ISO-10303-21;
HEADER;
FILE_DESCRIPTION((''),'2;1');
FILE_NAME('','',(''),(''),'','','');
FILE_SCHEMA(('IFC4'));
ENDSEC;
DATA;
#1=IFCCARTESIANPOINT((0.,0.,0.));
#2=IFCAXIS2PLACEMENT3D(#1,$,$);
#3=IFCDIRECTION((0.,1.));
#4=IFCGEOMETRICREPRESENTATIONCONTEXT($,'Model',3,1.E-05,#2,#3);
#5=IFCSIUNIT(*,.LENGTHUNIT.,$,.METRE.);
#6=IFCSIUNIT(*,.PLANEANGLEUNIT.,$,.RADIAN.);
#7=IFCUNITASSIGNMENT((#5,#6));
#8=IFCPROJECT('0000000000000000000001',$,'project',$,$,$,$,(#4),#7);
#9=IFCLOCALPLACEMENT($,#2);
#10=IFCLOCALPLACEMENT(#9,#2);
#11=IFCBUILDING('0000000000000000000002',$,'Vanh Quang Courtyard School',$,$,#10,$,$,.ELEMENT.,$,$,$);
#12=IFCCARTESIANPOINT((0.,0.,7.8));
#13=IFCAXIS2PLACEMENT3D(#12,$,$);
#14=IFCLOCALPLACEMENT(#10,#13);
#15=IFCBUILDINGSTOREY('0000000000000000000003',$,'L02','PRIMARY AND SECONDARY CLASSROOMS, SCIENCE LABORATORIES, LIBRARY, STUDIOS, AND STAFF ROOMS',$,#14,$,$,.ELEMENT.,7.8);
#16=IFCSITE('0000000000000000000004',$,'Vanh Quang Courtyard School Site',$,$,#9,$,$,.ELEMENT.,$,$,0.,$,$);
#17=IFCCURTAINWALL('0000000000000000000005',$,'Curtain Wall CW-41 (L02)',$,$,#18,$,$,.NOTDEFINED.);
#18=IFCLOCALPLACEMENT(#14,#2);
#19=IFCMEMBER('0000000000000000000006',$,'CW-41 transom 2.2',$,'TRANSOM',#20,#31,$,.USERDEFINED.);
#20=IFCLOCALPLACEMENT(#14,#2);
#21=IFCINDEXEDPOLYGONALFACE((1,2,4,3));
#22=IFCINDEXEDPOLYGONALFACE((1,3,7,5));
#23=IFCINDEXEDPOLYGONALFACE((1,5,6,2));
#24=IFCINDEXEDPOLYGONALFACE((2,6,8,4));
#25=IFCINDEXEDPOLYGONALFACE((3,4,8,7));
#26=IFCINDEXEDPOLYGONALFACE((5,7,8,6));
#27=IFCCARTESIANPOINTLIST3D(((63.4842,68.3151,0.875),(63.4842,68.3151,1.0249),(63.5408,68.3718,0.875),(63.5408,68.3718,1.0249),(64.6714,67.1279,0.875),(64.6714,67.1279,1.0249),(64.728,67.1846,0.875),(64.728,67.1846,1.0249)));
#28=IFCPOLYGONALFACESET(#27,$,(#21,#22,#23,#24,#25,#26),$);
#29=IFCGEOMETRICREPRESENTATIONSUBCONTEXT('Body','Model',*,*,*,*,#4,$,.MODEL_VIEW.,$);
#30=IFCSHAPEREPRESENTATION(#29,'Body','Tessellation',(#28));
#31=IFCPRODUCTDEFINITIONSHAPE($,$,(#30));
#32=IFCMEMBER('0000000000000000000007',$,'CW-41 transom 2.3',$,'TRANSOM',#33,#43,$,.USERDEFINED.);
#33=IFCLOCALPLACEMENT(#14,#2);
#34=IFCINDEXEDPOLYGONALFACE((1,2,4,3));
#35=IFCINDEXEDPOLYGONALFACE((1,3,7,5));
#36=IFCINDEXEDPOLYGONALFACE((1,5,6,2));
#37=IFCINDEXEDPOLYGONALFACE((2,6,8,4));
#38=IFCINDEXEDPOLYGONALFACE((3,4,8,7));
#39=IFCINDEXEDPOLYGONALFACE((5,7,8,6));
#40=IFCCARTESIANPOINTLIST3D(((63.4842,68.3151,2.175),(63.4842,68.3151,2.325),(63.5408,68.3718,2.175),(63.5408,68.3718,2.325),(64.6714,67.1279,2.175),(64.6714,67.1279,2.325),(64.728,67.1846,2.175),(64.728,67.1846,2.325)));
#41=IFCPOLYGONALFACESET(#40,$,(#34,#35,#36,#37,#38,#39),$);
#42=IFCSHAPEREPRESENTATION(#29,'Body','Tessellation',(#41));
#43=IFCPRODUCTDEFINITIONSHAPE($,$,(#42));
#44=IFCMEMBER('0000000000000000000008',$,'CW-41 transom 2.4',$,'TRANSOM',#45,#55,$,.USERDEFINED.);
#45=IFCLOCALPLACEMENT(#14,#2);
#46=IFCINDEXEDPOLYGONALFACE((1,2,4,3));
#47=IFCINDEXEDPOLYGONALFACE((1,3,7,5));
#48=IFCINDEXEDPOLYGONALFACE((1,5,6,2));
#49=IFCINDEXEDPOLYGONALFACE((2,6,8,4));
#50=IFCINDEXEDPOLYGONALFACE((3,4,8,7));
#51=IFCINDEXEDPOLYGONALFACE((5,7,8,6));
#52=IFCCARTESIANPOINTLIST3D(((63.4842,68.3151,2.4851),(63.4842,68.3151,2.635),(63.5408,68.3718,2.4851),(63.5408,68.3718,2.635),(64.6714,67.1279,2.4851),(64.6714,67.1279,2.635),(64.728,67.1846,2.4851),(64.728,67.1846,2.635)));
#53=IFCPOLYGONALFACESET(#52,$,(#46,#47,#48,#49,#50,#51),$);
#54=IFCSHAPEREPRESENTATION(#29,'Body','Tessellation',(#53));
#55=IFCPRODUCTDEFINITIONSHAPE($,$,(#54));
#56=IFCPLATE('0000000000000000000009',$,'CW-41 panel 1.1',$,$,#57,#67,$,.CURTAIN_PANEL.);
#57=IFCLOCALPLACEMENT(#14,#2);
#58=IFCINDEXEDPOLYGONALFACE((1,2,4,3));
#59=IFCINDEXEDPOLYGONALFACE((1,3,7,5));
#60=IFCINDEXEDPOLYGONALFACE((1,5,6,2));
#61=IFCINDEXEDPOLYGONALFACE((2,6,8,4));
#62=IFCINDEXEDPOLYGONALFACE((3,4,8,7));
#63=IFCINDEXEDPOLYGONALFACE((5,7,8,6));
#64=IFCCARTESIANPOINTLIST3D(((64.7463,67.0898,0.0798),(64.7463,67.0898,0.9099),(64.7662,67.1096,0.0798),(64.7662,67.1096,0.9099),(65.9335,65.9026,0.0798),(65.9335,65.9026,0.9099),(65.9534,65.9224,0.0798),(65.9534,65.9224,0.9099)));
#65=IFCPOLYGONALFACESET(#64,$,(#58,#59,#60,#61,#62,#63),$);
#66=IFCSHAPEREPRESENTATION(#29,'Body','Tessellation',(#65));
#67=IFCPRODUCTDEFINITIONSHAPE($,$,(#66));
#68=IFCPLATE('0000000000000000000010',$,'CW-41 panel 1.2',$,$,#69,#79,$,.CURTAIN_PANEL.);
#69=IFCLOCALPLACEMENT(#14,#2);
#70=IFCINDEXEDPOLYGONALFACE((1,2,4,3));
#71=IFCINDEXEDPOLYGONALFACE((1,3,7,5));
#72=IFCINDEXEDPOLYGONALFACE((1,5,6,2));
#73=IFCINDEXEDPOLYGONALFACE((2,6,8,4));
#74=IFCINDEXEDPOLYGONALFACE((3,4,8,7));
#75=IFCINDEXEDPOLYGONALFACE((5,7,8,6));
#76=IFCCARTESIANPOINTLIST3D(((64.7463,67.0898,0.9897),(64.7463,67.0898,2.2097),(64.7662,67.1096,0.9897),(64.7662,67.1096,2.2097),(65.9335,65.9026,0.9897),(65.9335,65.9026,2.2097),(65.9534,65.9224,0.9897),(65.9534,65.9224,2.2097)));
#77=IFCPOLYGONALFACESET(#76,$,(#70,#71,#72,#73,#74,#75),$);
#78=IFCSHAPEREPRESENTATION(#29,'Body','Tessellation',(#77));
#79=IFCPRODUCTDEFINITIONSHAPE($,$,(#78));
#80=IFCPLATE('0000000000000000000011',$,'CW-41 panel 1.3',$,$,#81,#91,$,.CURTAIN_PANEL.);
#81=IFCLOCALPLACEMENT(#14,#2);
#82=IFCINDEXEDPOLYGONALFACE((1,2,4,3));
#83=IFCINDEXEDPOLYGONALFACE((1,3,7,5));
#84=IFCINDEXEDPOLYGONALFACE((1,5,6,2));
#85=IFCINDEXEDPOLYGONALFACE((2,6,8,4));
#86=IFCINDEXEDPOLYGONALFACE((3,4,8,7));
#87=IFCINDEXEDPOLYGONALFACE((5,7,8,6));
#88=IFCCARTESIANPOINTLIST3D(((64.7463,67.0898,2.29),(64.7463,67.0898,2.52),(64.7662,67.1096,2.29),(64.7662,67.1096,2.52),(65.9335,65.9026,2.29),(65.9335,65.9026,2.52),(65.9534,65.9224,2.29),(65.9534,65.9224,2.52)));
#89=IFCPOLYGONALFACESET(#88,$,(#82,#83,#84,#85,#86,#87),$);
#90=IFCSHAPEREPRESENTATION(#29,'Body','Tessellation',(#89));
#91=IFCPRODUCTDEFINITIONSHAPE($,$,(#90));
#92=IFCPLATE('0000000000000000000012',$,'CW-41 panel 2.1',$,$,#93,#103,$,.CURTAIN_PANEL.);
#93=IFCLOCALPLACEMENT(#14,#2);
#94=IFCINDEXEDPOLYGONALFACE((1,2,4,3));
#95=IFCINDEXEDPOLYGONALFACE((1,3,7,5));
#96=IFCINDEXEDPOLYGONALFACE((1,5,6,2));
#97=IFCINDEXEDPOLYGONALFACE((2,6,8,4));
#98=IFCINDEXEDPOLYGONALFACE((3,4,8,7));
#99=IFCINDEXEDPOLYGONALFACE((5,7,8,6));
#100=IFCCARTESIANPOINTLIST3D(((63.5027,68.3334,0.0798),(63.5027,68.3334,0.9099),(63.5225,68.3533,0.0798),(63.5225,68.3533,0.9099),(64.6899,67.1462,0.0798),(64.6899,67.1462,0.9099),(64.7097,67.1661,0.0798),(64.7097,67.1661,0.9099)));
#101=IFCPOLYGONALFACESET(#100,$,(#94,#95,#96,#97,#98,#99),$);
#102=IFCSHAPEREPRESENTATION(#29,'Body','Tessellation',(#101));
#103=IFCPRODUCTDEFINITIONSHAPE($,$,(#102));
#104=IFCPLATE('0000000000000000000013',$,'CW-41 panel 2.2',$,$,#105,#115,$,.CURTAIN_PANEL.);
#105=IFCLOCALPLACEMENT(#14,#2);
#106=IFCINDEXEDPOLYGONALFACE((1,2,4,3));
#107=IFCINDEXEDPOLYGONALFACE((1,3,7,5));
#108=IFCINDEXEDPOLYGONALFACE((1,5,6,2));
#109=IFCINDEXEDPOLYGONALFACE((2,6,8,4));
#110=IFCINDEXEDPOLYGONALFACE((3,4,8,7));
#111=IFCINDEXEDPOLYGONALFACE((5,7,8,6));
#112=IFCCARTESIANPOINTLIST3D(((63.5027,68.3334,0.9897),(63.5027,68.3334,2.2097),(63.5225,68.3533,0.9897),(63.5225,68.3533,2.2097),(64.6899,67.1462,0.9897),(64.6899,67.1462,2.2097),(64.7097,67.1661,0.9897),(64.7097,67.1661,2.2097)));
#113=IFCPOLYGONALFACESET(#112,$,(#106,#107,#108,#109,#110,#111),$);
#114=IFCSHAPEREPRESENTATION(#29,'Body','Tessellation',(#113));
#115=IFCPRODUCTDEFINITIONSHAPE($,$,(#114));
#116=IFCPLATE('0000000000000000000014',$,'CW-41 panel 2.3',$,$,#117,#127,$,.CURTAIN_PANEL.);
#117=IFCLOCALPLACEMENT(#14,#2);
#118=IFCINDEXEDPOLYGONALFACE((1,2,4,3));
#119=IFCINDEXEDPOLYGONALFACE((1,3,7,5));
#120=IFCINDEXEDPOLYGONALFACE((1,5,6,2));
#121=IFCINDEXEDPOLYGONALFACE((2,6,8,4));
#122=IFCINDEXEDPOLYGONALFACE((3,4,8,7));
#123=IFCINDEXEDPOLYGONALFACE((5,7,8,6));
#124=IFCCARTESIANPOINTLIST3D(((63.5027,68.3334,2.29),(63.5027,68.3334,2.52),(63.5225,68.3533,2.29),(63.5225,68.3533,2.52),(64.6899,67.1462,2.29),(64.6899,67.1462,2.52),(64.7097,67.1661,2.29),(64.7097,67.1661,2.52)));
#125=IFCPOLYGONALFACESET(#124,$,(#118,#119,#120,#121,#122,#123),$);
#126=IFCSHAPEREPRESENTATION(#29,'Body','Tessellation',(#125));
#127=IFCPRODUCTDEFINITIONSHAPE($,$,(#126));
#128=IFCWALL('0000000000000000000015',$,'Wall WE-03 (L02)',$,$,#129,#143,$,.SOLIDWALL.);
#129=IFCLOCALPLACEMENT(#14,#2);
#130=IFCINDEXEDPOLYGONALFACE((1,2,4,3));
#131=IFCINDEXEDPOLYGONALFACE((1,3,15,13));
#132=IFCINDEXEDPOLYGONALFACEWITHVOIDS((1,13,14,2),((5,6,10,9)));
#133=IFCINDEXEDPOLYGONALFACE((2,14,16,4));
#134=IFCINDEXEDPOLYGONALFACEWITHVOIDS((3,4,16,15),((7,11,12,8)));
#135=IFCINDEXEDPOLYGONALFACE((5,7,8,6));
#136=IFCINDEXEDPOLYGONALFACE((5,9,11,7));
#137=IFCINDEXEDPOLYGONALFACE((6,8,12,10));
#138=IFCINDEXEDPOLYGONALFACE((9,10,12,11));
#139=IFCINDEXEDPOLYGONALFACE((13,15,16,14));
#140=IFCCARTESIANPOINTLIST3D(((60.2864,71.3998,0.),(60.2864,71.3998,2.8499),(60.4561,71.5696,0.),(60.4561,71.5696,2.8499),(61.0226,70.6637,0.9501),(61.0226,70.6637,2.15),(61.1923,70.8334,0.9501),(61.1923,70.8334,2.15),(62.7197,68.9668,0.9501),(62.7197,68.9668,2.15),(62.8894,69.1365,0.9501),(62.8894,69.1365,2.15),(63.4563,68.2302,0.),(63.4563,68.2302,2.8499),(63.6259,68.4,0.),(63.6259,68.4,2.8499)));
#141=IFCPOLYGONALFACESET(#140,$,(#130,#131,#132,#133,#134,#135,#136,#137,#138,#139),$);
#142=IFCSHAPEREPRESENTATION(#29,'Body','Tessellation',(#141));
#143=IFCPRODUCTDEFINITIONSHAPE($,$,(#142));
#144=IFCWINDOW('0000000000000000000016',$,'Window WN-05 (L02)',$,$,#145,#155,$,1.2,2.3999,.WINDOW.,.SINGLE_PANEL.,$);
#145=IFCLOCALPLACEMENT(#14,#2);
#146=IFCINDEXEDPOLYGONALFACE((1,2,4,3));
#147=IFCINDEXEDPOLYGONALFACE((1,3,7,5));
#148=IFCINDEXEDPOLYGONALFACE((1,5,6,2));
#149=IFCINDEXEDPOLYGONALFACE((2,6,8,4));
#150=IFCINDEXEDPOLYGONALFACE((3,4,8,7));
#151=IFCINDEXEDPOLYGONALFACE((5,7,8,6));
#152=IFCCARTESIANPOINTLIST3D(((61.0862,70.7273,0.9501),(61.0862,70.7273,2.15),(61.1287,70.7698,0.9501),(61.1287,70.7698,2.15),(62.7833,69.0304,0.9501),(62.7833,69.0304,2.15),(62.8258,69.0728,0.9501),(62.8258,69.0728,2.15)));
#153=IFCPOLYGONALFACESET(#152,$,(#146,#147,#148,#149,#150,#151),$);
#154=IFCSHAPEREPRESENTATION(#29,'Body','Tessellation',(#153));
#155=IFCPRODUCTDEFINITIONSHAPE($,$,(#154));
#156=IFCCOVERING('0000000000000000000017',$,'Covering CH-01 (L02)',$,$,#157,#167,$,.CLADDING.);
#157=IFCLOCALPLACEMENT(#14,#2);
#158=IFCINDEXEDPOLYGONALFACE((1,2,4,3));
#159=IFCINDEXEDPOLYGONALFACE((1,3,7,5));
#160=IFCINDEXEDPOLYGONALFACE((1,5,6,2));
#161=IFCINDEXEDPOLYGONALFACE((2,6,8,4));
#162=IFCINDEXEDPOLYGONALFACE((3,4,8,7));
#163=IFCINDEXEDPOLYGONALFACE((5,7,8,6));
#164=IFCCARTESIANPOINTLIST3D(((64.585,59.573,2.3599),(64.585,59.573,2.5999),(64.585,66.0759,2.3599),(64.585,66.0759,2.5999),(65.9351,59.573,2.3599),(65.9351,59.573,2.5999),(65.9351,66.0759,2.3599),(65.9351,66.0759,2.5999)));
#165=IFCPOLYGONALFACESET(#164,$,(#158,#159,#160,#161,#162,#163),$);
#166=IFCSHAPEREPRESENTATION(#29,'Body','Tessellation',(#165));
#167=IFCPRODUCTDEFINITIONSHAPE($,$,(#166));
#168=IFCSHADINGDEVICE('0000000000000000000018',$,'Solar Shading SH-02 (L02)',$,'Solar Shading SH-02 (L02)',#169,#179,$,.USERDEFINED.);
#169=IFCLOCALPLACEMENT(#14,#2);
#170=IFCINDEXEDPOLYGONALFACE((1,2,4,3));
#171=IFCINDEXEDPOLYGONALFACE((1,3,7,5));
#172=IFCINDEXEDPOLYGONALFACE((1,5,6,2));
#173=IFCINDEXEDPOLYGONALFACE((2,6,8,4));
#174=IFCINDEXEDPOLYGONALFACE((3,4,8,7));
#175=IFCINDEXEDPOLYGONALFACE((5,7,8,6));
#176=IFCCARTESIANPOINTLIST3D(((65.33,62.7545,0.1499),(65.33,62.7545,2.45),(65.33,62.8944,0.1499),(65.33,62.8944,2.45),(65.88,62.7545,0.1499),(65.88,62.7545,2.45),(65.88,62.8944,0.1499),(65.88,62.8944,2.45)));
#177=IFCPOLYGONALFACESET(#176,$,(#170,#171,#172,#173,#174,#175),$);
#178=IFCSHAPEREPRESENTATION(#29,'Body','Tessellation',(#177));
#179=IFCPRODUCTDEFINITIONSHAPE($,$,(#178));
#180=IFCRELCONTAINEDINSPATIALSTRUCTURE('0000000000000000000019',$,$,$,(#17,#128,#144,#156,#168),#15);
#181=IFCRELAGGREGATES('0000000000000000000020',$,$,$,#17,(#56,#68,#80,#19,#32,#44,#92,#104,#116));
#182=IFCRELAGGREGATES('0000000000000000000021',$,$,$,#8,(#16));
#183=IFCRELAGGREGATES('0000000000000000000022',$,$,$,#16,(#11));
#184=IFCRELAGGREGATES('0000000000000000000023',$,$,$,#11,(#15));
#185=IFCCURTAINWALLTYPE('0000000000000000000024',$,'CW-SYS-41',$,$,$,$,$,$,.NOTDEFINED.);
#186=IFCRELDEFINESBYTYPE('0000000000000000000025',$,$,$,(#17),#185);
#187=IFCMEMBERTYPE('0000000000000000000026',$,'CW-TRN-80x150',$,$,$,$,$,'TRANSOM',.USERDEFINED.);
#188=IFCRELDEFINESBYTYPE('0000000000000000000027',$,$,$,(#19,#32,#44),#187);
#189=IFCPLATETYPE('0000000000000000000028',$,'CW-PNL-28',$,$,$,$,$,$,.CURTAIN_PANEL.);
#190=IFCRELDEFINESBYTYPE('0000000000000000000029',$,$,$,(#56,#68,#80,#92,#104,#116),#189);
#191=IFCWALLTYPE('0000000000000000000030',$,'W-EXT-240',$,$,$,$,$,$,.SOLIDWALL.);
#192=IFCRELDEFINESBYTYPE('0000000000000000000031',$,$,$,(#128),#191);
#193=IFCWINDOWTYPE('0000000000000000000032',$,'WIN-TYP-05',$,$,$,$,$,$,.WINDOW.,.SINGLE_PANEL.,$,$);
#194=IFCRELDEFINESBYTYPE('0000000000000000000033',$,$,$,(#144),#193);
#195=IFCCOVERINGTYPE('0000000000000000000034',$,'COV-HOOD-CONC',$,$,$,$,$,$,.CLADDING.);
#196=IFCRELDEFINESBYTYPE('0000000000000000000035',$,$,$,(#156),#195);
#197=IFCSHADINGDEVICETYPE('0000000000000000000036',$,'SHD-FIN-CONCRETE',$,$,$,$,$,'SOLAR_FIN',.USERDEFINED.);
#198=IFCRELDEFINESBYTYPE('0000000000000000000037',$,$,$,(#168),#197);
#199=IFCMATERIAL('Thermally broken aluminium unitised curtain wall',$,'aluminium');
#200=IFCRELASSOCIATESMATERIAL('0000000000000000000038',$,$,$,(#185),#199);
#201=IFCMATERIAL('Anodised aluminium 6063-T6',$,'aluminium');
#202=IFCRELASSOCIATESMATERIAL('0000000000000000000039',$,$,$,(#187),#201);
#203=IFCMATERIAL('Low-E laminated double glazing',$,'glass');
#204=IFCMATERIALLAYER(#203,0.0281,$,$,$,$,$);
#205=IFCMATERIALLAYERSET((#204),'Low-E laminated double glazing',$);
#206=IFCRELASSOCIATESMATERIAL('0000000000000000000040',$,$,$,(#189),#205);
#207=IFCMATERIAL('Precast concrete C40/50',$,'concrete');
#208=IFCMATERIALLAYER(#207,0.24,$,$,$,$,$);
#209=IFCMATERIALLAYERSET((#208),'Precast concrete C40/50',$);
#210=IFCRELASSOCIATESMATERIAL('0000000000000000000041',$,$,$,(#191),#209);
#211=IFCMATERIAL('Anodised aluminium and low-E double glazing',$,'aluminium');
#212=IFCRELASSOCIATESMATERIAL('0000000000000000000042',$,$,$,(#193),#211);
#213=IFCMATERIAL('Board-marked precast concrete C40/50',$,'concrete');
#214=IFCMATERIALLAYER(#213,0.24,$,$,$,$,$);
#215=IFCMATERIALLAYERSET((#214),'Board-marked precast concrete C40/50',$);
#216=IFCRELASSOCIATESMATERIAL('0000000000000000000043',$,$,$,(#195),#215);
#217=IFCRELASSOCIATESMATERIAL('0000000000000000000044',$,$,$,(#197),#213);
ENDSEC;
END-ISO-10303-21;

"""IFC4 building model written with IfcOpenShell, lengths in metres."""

from ifc_helpers import new_model, si_unit, direction, frame, frame_2d, origin, origin_2d, place, context, subcontext, project, spatial, rectangle, extrude, material, layer, layer_set, material_profile, profile_set, type_object, element, fill, aggregate, save


model = new_model("IFC4")

# Units and contexts
model_context = context("Model", 3, precision=1e-05, world=origin(), true_north=direction((0.0, 1.0)))
body_context = subcontext(model_context, "Body", "Model", "MODEL_VIEW")
ifc_project = project(units=[si_unit("LENGTHUNIT", "METRE"), si_unit("PLANEANGLEUNIT", "RADIAN")], contexts=[model_context])

# Site, building, storey
site_placement = place(None, origin())
site = spatial("IfcSite", under=ifc_project, at=site_placement, Name="Vanh Quang Courtyard School Site", CompositionType="ELEMENT", RefElevation=0.0)
building_placement = place(site_placement, origin())
building = spatial("IfcBuilding", under=site, at=building_placement, Name="Vanh Quang Courtyard School", CompositionType="ELEMENT")
storey_placement = place(building_placement, frame((0.0, 0.0, 7.8)))
storey = spatial("IfcBuildingStorey", under=building, at=storey_placement, Name="L02", Description="PRIMARY AND SECONDARY CLASSROOMS, SCIENCE LABORATORIES, LIBRARY, STUDIOS, AND STAFF ROOMS", CompositionType="ELEMENT", Elevation=7.8)

# Curtain wall, members, plates
ifc_material_1 = material(Name="Thermally broken aluminium unitised curtain wall", Category="aluminium")
curtain_wall_type = type_object("IfcCurtainWallType", Name="CW-SYS-41", PredefinedType="NOTDEFINED", material=ifc_material_1)
curtain_wall_placement = place(storey_placement, origin())
curtain_wall = element("IfcCurtainWall", 1, at=curtain_wall_placement, inside=storey, type_object=curtain_wall_type, Name="Curtain Wall CW-41 (L02)", PredefinedType="NOTDEFINED")
ifc_material_2 = material(Name="Anodised aluminium 6063-T6", Category="aluminium")
ifc_material_profile_1 = material_profile(ifc_material_2, rectangle(XDim=0.0801, YDim=0.1499, at=origin_2d()), Name="ALU-TRN 80x150")
ifc_profile_set_1 = profile_set([ifc_material_profile_1], Name="Anodised aluminium 6063-T6")
member_type_1 = type_object("IfcMemberType", Name="CW-TRN-80x150", ElementType="TRANSOM", PredefinedType="USERDEFINED", material=ifc_profile_set_1)
member_1_placement = place(storey_placement, frame((64.6997, 67.1562, 0.95), z_axis=(-0.707107, 0.707107, 0.0), x_axis=(-0.707107, -0.707107, 0.0)))
member_1 = element("IfcMember", 2, at=member_1_placement, type_object=member_type_1, Name="CW-41 transom 2.2", ObjectType="TRANSOM", PredefinedType="USERDEFINED", context=body_context, shape_type="SweptSolid", body=[
    extrude(rectangle(XDim=0.0801, YDim=0.1499, at=origin_2d()), origin(), (0.0, 0.0, 1.0), 1.679),
])
member_2_placement = place(storey_placement, frame((64.6997, 67.1562, 2.25), z_axis=(-0.707107, 0.707107, 0.0), x_axis=(-0.707107, -0.707107, 0.0)))
member_2 = element("IfcMember", 3, at=member_2_placement, type_object=member_type_1, Name="CW-41 transom 2.3", ObjectType="TRANSOM", PredefinedType="USERDEFINED", context=body_context, shape_type="SweptSolid", body=[
    extrude(rectangle(XDim=0.0801, YDim=0.1499, at=origin_2d()), origin(), (0.0, 0.0, 1.0), 1.679),
])
member_3_placement = place(storey_placement, frame((64.6997, 67.1562, 2.5601), z_axis=(-0.707107, 0.707107, 0.0), x_axis=(-0.707107, -0.707107, 0.0)))
member_3 = element("IfcMember", 4, at=member_3_placement, type_object=member_type_1, Name="CW-41 transom 2.4", ObjectType="TRANSOM", PredefinedType="USERDEFINED", context=body_context, shape_type="SweptSolid", body=[
    extrude(rectangle(XDim=0.0801, YDim=0.1499, at=origin_2d()), origin(), (0.0, 0.0, 1.0), 1.679),
])
ifc_material_3 = material(Name="Low-E laminated double glazing", Category="glass")
ifc_layer_1 = layer(ifc_material_3, 0.0281)
ifc_layer_set_1 = layer_set([ifc_layer_1], Name="Low-E laminated double glazing")
plate_type = type_object("IfcPlateType", Name="CW-PNL-28", PredefinedType="CURTAIN_PANEL", material=ifc_layer_set_1)
plate_1_placement = place(storey_placement, frame((65.3499, 66.5061, 0.0798), z_axis=(0.0, 0.0, 1.0), x_axis=(-0.707107, 0.707107, 0.0)))
plate_1 = element("IfcPlate", 5, at=plate_1_placement, type_object=plate_type, Name="CW-41 panel 1.1", PredefinedType="CURTAIN_PANEL", context=body_context, shape_type="SweptSolid", body=[
    extrude(rectangle(XDim=1.679, YDim=0.0281, at=origin_2d()), origin(), (0.0, 0.0, 1.0), 0.8301),
])
plate_2_placement = place(storey_placement, frame((65.3499, 66.5061, 0.9897), z_axis=(0.0, 0.0, 1.0), x_axis=(-0.707107, 0.707107, 0.0)))
plate_2 = element("IfcPlate", 6, at=plate_2_placement, type_object=plate_type, Name="CW-41 panel 1.2", PredefinedType="CURTAIN_PANEL", context=body_context, shape_type="SweptSolid", body=[
    extrude(rectangle(XDim=1.679, YDim=0.0281, at=origin_2d()), origin(), (0.0, 0.0, 1.0), 1.22),
])
plate_3_placement = place(storey_placement, frame((65.3499, 66.5061, 2.29), z_axis=(0.0, 0.0, 1.0), x_axis=(-0.707107, 0.707107, 0.0)))
plate_3 = element("IfcPlate", 7, at=plate_3_placement, type_object=plate_type, Name="CW-41 panel 1.3", PredefinedType="CURTAIN_PANEL", context=body_context, shape_type="SweptSolid", body=[
    extrude(rectangle(XDim=1.679, YDim=0.0281, at=origin_2d()), origin(), (0.0, 0.0, 1.0), 0.23),
])
plate_4_placement = place(storey_placement, frame((64.1062, 67.7498, 0.0798), z_axis=(0.0, 0.0, 1.0), x_axis=(-0.707107, 0.707107, 0.0)))
plate_4 = element("IfcPlate", 8, at=plate_4_placement, type_object=plate_type, Name="CW-41 panel 2.1", PredefinedType="CURTAIN_PANEL", context=body_context, shape_type="SweptSolid", body=[
    extrude(rectangle(XDim=1.679, YDim=0.0281, at=origin_2d()), origin(), (0.0, 0.0, 1.0), 0.8301),
])
plate_5_placement = place(storey_placement, frame((64.1062, 67.7498, 0.9897), z_axis=(0.0, 0.0, 1.0), x_axis=(-0.707107, 0.707107, 0.0)))
plate_5 = element("IfcPlate", 9, at=plate_5_placement, type_object=plate_type, Name="CW-41 panel 2.2", PredefinedType="CURTAIN_PANEL", context=body_context, shape_type="SweptSolid", body=[
    extrude(rectangle(XDim=1.679, YDim=0.0281, at=origin_2d()), origin(), (0.0, 0.0, 1.0), 1.22),
])
plate_6_placement = place(storey_placement, frame((64.1062, 67.7498, 2.29), z_axis=(0.0, 0.0, 1.0), x_axis=(-0.707107, 0.707107, 0.0)))
plate_6 = element("IfcPlate", 10, at=plate_6_placement, type_object=plate_type, Name="CW-41 panel 2.3", PredefinedType="CURTAIN_PANEL", context=body_context, shape_type="SweptSolid", body=[
    extrude(rectangle(XDim=1.679, YDim=0.0281, at=origin_2d()), origin(), (0.0, 0.0, 1.0), 0.23),
])
aggregate(curtain_wall, [plate_1, plate_2, plate_3, member_1, member_2, member_3, plate_4, plate_5, plate_6])

# Wall, opening, window
ifc_material_4 = material(Name="Precast concrete C40/50", Category="concrete")
ifc_layer_2 = layer(ifc_material_4, 0.24)
ifc_layer_set_2 = layer_set([ifc_layer_2], Name="Precast concrete C40/50")
wall_type = type_object("IfcWallType", Name="W-EXT-240", PredefinedType="SOLIDWALL", material=ifc_layer_set_2)
wall_placement = place(storey_placement, frame((63.541, 68.3152, 0.0), z_axis=(0.0, 0.0, 1.0), x_axis=(-0.707134, 0.70708, 0.0)))
wall = element("IfcWall", 11, at=wall_placement, inside=storey, type_object=wall_type, Name="Wall WE-03 (L02)", PredefinedType="SOLIDWALL", context=body_context, shape_type="SweptSolid", body=[
    extrude(rectangle(XDim=4.4827, YDim=0.24, at=frame_2d((2.2412, 0.0))), origin(), (0.0, 0.0, 1.0), 2.8499),
])
opening_placement = place(wall_placement, frame((1.0415, 0.0, 0.95)))
opening = element("IfcOpeningElement", 12, at=opening_placement, cuts=wall, PredefinedType="OPENING", context=body_context, shape_type="SweptSolid", body=[
    extrude(rectangle(XDim=2.3999, YDim=1.2, at=frame_2d((1.2, 0.6001))), frame((0.0, 0.1299, 0.0), z_axis=(0.0, -1.0, 0.0), x_axis=(1.0, 0.0, 0.0)), (0.0, 0.0, 1.0), 0.26),
])
ifc_material_5 = material(Name="Anodised aluminium and low-E double glazing", Category="aluminium")
window_type = type_object("IfcWindowType", Name="WIN-TYP-05", PartitioningType="SINGLE_PANEL", PredefinedType="WINDOW", material=ifc_material_5)
window_placement = place(opening_placement, origin())
window = element("IfcWindow", 13, at=window_placement, inside=storey, type_object=window_type, Name="Window WN-05 (L02)", OverallHeight=1.2, OverallWidth=2.3999, PartitioningType="SINGLE_PANEL", PredefinedType="WINDOW", context=body_context, shape_type="SweptSolid", body=[
    extrude(rectangle(XDim=2.3999, YDim=1.2, at=frame_2d((1.2, 0.6001))), frame((0.0, 0.03, 0.0), z_axis=(0.0, -1.0, 0.0), x_axis=(1.0, 0.0, 0.0)), (0.0, 0.0, 1.0), 0.0601),
])
fill(opening, window)

# Covering
ifc_material_6 = material(Name="Board-marked precast concrete C40/50", Category="concrete")
ifc_layer_3 = layer(ifc_material_6, 0.24)
ifc_layer_set_3 = layer_set([ifc_layer_3], Name="Board-marked precast concrete C40/50")
covering_type = type_object("IfcCoveringType", Name="COV-HOOD-CONC", PredefinedType="CLADDING", material=ifc_layer_set_3)
covering_placement = place(storey_placement, frame((65.26, 62.8245, 2.3599), z_axis=(0.0, 0.0, 1.0), x_axis=(0.0, 1.0, 0.0)))
element("IfcCovering", 14, at=covering_placement, inside=storey, type_object=covering_type, Name="Covering CH-01 (L02)", PredefinedType="CLADDING", context=body_context, shape_type="SweptSolid", body=[
    extrude(rectangle(XDim=6.5029, YDim=1.3501, at=origin_2d()), origin(), (0.0, 0.0, 1.0), 0.24),
])

# Shading device
shading_device_type = type_object("IfcShadingDeviceType", Name="SHD-FIN-CONCRETE", ElementType="SOLAR_FIN", PredefinedType="USERDEFINED", material=ifc_material_6)
shading_device_placement = place(storey_placement, frame((65.605, 62.8245, 0.1499), z_axis=(0.0, 0.0, 1.0), x_axis=(0.0, 1.0, 0.0)))
element("IfcShadingDevice", 15, at=shading_device_placement, inside=storey, type_object=shading_device_type, Name="Solar Shading SH-02 (L02)", ObjectType="Solar Shading SH-02 (L02)", PredefinedType="USERDEFINED", context=body_context, shape_type="SweptSolid", body=[
    extrude(rectangle(XDim=0.1399, YDim=0.55, at=origin_2d()), origin(), (0.0, 0.0, 1.0), 2.3),
])

save(model, "model.ifc")
